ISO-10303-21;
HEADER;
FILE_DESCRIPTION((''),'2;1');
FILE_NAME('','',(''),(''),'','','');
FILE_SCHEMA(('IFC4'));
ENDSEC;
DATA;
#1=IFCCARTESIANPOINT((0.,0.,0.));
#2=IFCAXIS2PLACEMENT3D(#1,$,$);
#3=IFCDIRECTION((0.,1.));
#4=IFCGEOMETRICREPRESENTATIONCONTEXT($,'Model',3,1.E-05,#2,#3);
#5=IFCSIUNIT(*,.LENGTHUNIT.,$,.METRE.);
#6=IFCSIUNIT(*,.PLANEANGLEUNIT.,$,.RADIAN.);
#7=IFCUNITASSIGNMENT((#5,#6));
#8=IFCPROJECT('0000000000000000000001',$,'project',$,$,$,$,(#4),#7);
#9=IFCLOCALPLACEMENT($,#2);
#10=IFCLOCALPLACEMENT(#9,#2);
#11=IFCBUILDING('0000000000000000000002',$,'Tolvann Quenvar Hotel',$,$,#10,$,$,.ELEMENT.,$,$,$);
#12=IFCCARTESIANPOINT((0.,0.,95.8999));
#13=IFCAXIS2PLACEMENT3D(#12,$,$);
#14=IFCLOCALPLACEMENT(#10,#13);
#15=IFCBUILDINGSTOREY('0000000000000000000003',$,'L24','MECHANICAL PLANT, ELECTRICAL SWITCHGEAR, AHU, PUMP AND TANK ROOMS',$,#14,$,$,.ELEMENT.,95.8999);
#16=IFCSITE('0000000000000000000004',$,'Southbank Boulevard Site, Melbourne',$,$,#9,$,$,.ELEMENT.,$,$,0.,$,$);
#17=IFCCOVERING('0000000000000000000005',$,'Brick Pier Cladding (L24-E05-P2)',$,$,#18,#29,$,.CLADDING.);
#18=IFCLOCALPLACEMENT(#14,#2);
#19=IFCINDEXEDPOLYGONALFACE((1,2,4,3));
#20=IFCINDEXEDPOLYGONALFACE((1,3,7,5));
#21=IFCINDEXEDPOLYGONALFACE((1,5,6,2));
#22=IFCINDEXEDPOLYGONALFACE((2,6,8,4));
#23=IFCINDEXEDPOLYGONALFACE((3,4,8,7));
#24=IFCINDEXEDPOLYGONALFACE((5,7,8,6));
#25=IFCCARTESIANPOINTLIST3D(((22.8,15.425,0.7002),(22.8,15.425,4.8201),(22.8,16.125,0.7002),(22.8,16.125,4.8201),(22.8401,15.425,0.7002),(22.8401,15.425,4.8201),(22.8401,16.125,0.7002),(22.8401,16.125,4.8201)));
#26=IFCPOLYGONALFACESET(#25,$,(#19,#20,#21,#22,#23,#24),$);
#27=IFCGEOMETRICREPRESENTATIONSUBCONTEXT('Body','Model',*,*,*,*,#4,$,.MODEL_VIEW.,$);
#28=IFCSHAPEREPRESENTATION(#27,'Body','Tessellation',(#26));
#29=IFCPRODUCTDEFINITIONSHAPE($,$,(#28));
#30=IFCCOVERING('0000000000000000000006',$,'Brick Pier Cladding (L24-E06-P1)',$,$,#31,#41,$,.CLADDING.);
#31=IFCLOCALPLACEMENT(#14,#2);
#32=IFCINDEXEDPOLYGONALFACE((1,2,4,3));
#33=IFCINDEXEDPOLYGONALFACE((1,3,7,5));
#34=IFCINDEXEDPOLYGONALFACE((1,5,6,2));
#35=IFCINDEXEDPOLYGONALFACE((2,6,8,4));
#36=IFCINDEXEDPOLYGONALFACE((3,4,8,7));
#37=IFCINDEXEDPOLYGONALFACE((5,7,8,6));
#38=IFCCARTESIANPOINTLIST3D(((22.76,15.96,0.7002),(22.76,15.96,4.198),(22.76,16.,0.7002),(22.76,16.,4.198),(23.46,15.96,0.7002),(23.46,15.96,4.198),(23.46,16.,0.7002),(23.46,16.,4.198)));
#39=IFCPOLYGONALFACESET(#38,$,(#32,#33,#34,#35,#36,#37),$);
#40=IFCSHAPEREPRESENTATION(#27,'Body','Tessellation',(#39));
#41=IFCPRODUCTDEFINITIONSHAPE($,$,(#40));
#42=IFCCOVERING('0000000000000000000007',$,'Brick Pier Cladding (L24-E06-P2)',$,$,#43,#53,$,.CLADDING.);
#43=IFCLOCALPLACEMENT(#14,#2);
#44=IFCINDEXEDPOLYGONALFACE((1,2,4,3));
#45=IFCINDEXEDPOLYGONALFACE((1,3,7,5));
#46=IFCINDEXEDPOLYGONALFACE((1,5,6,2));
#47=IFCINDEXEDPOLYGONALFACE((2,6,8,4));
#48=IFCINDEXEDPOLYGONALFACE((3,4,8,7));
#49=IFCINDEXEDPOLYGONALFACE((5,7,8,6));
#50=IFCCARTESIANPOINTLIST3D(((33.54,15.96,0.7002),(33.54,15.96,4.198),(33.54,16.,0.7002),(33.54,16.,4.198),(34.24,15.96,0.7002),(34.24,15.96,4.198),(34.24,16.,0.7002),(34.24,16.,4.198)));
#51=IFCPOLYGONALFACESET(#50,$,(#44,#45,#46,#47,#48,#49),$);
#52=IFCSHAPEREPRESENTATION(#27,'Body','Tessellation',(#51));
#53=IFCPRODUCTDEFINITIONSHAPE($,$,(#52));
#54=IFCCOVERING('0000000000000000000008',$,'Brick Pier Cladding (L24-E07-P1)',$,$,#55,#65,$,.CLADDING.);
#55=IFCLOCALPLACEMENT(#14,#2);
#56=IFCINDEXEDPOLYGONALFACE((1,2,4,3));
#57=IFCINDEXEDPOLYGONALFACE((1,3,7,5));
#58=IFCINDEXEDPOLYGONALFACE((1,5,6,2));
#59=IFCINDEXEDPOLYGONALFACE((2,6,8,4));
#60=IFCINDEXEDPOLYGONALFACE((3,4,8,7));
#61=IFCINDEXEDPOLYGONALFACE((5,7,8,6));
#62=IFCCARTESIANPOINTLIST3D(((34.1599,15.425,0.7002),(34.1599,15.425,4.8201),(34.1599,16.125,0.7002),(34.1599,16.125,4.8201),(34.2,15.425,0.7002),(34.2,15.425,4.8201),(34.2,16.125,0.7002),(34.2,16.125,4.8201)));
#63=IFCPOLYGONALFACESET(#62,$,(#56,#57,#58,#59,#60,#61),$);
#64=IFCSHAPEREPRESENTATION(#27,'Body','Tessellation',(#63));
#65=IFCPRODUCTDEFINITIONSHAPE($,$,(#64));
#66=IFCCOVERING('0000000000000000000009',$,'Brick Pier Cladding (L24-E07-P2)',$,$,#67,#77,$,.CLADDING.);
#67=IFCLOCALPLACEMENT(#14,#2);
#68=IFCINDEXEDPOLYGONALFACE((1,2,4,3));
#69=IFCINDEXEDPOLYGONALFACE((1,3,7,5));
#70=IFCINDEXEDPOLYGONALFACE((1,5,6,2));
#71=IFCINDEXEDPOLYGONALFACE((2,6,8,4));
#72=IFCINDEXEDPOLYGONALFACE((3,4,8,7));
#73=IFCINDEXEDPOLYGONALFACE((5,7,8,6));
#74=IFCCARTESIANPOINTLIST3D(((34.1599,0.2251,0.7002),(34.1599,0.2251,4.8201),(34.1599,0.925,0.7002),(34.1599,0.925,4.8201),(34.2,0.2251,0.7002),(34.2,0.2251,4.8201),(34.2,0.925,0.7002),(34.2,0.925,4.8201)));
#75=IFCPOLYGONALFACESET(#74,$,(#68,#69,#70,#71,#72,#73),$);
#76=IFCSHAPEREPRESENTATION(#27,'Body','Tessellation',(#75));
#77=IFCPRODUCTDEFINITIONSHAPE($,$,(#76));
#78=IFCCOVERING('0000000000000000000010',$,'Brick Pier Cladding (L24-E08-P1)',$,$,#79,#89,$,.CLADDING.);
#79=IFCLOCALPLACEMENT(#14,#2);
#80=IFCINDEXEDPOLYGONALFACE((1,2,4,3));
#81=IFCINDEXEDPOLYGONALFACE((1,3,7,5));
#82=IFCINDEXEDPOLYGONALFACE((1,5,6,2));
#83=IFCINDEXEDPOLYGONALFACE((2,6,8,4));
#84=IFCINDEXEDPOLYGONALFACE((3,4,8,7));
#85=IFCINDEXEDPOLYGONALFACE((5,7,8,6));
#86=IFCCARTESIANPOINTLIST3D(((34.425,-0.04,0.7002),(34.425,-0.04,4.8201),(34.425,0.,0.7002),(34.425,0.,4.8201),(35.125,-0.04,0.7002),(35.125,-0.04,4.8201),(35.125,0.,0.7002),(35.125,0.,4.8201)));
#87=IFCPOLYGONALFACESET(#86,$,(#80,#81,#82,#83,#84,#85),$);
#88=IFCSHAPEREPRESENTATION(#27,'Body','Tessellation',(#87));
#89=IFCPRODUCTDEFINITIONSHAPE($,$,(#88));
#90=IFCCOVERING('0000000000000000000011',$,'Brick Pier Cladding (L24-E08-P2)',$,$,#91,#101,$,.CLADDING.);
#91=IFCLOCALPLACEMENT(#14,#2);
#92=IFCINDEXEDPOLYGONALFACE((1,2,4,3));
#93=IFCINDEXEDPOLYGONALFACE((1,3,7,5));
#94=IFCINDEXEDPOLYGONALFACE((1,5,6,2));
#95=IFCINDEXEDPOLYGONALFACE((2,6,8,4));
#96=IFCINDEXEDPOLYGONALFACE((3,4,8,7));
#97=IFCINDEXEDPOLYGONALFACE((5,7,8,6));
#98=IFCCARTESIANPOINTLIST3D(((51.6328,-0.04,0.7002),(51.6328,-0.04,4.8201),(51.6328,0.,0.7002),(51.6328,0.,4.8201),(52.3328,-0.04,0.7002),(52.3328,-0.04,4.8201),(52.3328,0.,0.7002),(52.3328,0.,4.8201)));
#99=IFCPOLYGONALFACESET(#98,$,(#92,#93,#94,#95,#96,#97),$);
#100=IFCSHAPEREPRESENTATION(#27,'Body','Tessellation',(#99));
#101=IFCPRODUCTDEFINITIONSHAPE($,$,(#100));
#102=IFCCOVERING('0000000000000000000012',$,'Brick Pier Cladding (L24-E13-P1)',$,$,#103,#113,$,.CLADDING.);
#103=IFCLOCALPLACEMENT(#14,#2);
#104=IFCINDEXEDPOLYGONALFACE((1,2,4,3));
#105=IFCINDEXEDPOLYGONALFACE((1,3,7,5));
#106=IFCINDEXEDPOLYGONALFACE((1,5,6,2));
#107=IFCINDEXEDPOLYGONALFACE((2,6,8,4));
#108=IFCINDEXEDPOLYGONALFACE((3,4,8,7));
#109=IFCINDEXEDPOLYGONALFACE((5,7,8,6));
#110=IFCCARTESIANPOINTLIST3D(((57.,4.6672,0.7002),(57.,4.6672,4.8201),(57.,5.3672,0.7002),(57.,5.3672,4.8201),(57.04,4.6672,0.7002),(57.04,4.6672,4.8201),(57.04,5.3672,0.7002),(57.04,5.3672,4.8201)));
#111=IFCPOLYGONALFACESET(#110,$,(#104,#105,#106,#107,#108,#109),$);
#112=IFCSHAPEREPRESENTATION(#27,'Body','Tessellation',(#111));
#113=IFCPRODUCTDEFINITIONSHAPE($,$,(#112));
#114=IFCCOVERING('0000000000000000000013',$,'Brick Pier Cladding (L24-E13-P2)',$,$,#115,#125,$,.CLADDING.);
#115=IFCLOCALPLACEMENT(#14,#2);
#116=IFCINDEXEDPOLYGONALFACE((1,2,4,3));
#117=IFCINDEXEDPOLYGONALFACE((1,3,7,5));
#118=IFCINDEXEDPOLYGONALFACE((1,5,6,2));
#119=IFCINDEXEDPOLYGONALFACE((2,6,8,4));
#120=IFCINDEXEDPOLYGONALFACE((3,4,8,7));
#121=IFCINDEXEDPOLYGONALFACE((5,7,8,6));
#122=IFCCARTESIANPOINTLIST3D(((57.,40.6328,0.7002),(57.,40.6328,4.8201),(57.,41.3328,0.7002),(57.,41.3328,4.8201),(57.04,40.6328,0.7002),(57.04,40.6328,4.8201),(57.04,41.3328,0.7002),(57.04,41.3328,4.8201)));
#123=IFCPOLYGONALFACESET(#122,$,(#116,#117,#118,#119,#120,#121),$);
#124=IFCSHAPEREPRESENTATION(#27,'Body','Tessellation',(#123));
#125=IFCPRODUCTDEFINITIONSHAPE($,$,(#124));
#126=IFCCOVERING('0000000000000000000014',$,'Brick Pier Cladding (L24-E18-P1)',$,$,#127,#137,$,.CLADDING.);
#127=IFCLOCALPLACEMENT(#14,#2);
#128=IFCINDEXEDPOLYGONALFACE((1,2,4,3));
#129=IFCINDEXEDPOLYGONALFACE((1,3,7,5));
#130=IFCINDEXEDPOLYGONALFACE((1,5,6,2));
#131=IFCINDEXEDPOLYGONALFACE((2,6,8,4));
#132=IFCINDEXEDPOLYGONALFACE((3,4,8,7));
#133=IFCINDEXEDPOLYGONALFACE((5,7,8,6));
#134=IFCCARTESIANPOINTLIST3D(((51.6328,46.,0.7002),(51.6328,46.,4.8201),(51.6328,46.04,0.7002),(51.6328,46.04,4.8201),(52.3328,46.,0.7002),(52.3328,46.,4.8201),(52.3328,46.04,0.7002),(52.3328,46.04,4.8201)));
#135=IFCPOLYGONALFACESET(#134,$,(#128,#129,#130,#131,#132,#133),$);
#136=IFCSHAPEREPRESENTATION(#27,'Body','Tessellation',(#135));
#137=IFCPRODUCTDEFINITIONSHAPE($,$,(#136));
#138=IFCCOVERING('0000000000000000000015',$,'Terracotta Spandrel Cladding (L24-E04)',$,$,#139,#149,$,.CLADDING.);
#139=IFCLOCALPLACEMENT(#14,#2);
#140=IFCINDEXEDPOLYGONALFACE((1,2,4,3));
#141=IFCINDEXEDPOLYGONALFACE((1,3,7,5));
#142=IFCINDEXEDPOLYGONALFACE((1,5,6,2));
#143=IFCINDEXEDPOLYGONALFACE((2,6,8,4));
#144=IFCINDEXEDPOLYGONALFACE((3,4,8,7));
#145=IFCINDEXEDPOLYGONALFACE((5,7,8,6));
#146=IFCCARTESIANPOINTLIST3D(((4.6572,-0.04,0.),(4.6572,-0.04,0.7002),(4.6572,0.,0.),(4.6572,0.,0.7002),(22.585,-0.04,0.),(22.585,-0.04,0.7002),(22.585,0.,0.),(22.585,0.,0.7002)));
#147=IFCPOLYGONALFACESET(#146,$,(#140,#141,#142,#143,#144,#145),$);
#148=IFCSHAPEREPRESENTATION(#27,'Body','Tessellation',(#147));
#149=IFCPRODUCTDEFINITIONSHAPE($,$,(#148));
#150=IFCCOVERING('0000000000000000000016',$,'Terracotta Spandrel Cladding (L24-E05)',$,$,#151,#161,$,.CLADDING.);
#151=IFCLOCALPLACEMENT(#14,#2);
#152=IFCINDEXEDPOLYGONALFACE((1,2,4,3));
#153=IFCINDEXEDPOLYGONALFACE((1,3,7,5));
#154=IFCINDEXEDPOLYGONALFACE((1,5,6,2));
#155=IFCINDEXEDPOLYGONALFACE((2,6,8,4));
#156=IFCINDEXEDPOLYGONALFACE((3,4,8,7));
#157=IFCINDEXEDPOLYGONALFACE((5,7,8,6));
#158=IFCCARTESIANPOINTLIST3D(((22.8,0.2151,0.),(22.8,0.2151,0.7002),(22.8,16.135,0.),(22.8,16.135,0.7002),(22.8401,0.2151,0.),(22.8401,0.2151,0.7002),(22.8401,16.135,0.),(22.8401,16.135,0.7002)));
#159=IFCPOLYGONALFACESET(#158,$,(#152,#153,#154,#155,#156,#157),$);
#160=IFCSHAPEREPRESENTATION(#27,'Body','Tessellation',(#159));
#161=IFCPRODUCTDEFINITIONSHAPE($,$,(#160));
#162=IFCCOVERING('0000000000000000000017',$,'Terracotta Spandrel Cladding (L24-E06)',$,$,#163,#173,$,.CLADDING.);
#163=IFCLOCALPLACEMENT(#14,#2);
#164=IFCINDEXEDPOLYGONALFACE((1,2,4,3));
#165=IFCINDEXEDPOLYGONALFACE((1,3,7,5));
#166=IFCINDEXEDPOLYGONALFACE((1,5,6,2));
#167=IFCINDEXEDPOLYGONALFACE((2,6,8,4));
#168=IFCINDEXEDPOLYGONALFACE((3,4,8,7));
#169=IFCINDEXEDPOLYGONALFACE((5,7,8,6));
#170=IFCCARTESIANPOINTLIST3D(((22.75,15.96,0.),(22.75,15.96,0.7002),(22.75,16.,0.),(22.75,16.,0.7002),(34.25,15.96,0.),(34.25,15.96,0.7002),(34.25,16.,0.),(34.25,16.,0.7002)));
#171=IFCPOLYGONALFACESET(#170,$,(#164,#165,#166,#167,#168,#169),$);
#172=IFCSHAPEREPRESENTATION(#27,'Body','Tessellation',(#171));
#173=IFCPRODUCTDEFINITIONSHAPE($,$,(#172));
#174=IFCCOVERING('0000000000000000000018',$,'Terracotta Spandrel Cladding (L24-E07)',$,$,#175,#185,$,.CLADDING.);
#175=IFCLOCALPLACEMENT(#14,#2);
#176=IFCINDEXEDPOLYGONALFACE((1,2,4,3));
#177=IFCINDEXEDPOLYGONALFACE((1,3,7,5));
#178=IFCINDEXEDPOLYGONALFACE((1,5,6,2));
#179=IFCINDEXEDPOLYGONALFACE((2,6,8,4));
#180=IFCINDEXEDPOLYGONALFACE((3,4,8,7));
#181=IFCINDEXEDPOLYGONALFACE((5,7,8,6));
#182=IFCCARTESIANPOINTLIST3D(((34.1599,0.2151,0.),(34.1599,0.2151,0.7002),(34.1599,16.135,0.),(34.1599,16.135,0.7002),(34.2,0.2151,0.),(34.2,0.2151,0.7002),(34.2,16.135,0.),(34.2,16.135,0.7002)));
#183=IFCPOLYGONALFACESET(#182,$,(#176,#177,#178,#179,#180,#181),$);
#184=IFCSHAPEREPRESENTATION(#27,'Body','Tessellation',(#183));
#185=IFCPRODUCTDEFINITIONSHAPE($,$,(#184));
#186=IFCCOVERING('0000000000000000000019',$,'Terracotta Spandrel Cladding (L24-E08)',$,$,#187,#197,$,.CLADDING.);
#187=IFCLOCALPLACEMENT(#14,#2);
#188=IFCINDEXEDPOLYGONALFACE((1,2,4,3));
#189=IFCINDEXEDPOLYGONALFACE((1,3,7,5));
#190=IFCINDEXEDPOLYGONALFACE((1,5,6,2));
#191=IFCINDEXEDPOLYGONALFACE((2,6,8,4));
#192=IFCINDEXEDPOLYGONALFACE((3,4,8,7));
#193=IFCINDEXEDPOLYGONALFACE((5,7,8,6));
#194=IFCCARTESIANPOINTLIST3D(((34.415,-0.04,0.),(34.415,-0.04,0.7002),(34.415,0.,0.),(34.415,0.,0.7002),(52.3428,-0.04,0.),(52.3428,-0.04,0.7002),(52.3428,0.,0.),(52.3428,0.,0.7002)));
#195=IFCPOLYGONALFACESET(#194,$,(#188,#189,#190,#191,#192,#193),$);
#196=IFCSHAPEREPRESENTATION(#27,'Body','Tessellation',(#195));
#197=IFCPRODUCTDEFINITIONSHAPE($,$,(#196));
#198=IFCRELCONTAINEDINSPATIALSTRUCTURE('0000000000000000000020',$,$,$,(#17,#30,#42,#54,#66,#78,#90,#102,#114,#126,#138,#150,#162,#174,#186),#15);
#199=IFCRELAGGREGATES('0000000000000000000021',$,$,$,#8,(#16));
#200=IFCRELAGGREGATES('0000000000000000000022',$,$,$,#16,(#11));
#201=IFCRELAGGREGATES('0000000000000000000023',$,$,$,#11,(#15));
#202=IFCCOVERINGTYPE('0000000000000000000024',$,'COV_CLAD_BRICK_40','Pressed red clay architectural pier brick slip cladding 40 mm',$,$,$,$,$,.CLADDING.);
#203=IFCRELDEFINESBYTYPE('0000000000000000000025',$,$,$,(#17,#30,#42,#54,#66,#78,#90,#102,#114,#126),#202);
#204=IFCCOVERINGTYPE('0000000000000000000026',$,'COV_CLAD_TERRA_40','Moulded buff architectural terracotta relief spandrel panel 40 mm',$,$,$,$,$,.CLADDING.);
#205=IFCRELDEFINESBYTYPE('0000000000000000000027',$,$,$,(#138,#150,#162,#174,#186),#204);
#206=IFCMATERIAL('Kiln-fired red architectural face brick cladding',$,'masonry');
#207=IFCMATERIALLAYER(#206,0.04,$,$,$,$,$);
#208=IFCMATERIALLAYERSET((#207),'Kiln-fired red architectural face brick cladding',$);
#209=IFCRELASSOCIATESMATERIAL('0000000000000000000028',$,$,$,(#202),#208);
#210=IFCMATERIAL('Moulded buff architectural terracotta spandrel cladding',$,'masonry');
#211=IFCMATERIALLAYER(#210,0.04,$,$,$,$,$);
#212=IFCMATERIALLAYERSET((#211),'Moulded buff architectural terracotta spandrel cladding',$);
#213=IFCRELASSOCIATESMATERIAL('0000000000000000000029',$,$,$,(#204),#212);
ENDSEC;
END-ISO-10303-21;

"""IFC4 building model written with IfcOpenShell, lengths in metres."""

from ifc_helpers import new_model, si_unit, direction, frame, origin, place, context, subcontext, project, spatial, polyline, outline, extrude, material, layer, layer_set, type_object, element, save


model = new_model("IFC4")

# Units and contexts
model_context = context("Model", 3, precision=1e-05, world=origin(), true_north=direction((0.0, 1.0)))
body_context = subcontext(model_context, "Body", "Model", "MODEL_VIEW")
ifc_project = project(units=[si_unit("LENGTHUNIT", "METRE"), si_unit("PLANEANGLEUNIT", "RADIAN")], contexts=[model_context])

# Site, building, storey
site_placement = place(None, origin())
site = spatial("IfcSite", under=ifc_project, at=site_placement, Name="Southbank Boulevard Site, Melbourne", CompositionType="ELEMENT", RefElevation=0.0)
building_placement = place(site_placement, origin())
building = spatial("IfcBuilding", under=site, at=building_placement, Name="Tolvann Quenvar Hotel", CompositionType="ELEMENT")
storey_placement = place(building_placement, frame((0.0, 0.0, 95.8999)))
storey = spatial("IfcBuildingStorey", under=building, at=storey_placement, Name="L24", Description="MECHANICAL PLANT, ELECTRICAL SWITCHGEAR, AHU, PUMP AND TANK ROOMS", CompositionType="ELEMENT", Elevation=95.8999)

# Coverings
ifc_material_1 = material(Name="Kiln-fired red architectural face brick cladding", Category="masonry")
ifc_layer_1 = layer(ifc_material_1, 0.04)
ifc_layer_set_1 = layer_set([ifc_layer_1], Name="Kiln-fired red architectural face brick cladding")
covering_type_1 = type_object("IfcCoveringType", Name="COV_CLAD_BRICK_40", Description="Pressed red clay architectural pier brick slip cladding 40 mm", PredefinedType="CLADDING", material=ifc_layer_set_1)
covering_1_placement = place(storey_placement, frame((0.0, 0.0, 0.7002)))
element("IfcCovering", 1, at=covering_1_placement, inside=storey, type_object=covering_type_1, Name="Brick Pier Cladding (L24-E05-P2)", PredefinedType="CLADDING", context=body_context, shape_type="SweptSolid", body=[
    extrude(outline(polyline([(22.8, 15.425), (22.8, 16.125), (22.8401, 16.125), (22.8401, 15.425), (22.8, 15.425)])), origin(), (0.0, 0.0, 1.0), 4.1199),
])
covering_2_placement = place(storey_placement, frame((0.0, 0.0, 0.7002)))
element("IfcCovering", 2, at=covering_2_placement, inside=storey, type_object=covering_type_1, Name="Brick Pier Cladding (L24-E06-P1)", PredefinedType="CLADDING", context=body_context, shape_type="SweptSolid", body=[
    extrude(outline(polyline([(22.76, 16.0), (23.46, 16.0), (23.46, 15.96), (22.76, 15.96), (22.76, 16.0)])), origin(), (0.0, 0.0, 1.0), 3.4978),
])
covering_3_placement = place(storey_placement, frame((0.0, 0.0, 0.7002)))
element("IfcCovering", 3, at=covering_3_placement, inside=storey, type_object=covering_type_1, Name="Brick Pier Cladding (L24-E06-P2)", PredefinedType="CLADDING", context=body_context, shape_type="SweptSolid", body=[
    extrude(outline(polyline([(33.54, 16.0), (34.24, 16.0), (34.24, 15.96), (33.54, 15.96), (33.54, 16.0)])), origin(), (0.0, 0.0, 1.0), 3.4978),
])
covering_4_placement = place(storey_placement, frame((0.0, 0.0, 0.7002)))
element("IfcCovering", 4, at=covering_4_placement, inside=storey, type_object=covering_type_1, Name="Brick Pier Cladding (L24-E07-P1)", PredefinedType="CLADDING", context=body_context, shape_type="SweptSolid", body=[
    extrude(outline(polyline([(34.2, 16.125), (34.2, 15.425), (34.1599, 15.425), (34.1599, 16.125), (34.2, 16.125)])), origin(), (0.0, 0.0, 1.0), 4.1199),
])
covering_5_placement = place(storey_placement, frame((0.0, 0.0, 0.7002)))
element("IfcCovering", 5, at=covering_5_placement, inside=storey, type_object=covering_type_1, Name="Brick Pier Cladding (L24-E07-P2)", PredefinedType="CLADDING", context=body_context, shape_type="SweptSolid", body=[
    extrude(outline(polyline([(34.2, 0.925), (34.2, 0.2251), (34.1599, 0.2251), (34.1599, 0.925), (34.2, 0.925)])), origin(), (0.0, 0.0, 1.0), 4.1199),
])
covering_6_placement = place(storey_placement, frame((0.0, 0.0, 0.7002)))
element("IfcCovering", 6, at=covering_6_placement, inside=storey, type_object=covering_type_1, Name="Brick Pier Cladding (L24-E08-P1)", PredefinedType="CLADDING", context=body_context, shape_type="SweptSolid", body=[
    extrude(outline(polyline([(34.425, 0.0), (35.125, 0.0), (35.125, -0.04), (34.425, -0.04), (34.425, 0.0)])), origin(), (0.0, 0.0, 1.0), 4.1199),
])
covering_7_placement = place(storey_placement, frame((0.0, 0.0, 0.7002)))
element("IfcCovering", 7, at=covering_7_placement, inside=storey, type_object=covering_type_1, Name="Brick Pier Cladding (L24-E08-P2)", PredefinedType="CLADDING", context=body_context, shape_type="SweptSolid", body=[
    extrude(outline(polyline([(51.6328, 0.0), (52.3328, 0.0), (52.3328, -0.04), (51.6328, -0.04), (51.6328, 0.0)])), origin(), (0.0, 0.0, 1.0), 4.1199),
])
covering_8_placement = place(storey_placement, frame((0.0, 0.0, 0.7002)))
element("IfcCovering", 8, at=covering_8_placement, inside=storey, type_object=covering_type_1, Name="Brick Pier Cladding (L24-E13-P1)", PredefinedType="CLADDING", context=body_context, shape_type="SweptSolid", body=[
    extrude(outline(polyline([(57.0, 4.6672), (57.0, 5.3672), (57.04, 5.3672), (57.04, 4.6672), (57.0, 4.6672)])), origin(), (0.0, 0.0, 1.0), 4.1199),
])
covering_9_placement = place(storey_placement, frame((0.0, 0.0, 0.7002)))
element("IfcCovering", 9, at=covering_9_placement, inside=storey, type_object=covering_type_1, Name="Brick Pier Cladding (L24-E13-P2)", PredefinedType="CLADDING", context=body_context, shape_type="SweptSolid", body=[
    extrude(outline(polyline([(57.0, 40.6328), (57.0, 41.3328), (57.04, 41.3328), (57.04, 40.6328), (57.0, 40.6328)])), origin(), (0.0, 0.0, 1.0), 4.1199),
])
covering_10_placement = place(storey_placement, frame((0.0, 0.0, 0.7002)))
element("IfcCovering", 10, at=covering_10_placement, inside=storey, type_object=covering_type_1, Name="Brick Pier Cladding (L24-E18-P1)", PredefinedType="CLADDING", context=body_context, shape_type="SweptSolid", body=[
    extrude(outline(polyline([(52.3328, 46.0), (51.6328, 46.0), (51.6328, 46.04), (52.3328, 46.04), (52.3328, 46.0)])), origin(), (0.0, 0.0, 1.0), 4.1199),
])
ifc_material_2 = material(Name="Moulded buff architectural terracotta spandrel cladding", Category="masonry")
ifc_layer_2 = layer(ifc_material_2, 0.04)
ifc_layer_set_2 = layer_set([ifc_layer_2], Name="Moulded buff architectural terracotta spandrel cladding")
covering_type_2 = type_object("IfcCoveringType", Name="COV_CLAD_TERRA_40", Description="Moulded buff architectural terracotta relief spandrel panel 40 mm", PredefinedType="CLADDING", material=ifc_layer_set_2)
covering_11_placement = place(storey_placement, origin())
element("IfcCovering", 11, at=covering_11_placement, inside=storey, type_object=covering_type_2, Name="Terracotta Spandrel Cladding (L24-E04)", PredefinedType="CLADDING", context=body_context, shape_type="SweptSolid", body=[
    extrude(outline(polyline([(4.6572, 0.0), (22.585, 0.0), (22.585, -0.04), (4.6572, -0.04), (4.6572, 0.0)])), origin(), (0.0, 0.0, 1.0), 0.7002),
])
covering_12_placement = place(storey_placement, origin())
element("IfcCovering", 12, at=covering_12_placement, inside=storey, type_object=covering_type_2, Name="Terracotta Spandrel Cladding (L24-E05)", PredefinedType="CLADDING", context=body_context, shape_type="SweptSolid", body=[
    extrude(outline(polyline([(22.8, 0.2151), (22.8, 16.135), (22.8401, 16.135), (22.8401, 0.2151), (22.8, 0.2151)])), origin(), (0.0, 0.0, 1.0), 0.7002),
])
covering_13_placement = place(storey_placement, origin())
element("IfcCovering", 13, at=covering_13_placement, inside=storey, type_object=covering_type_2, Name="Terracotta Spandrel Cladding (L24-E06)", PredefinedType="CLADDING", context=body_context, shape_type="SweptSolid", body=[
    extrude(outline(polyline([(22.75, 16.0), (34.25, 16.0), (34.25, 15.96), (22.75, 15.96), (22.75, 16.0)])), origin(), (0.0, 0.0, 1.0), 0.7002),
])
covering_14_placement = place(storey_placement, origin())
element("IfcCovering", 14, at=covering_14_placement, inside=storey, type_object=covering_type_2, Name="Terracotta Spandrel Cladding (L24-E07)", PredefinedType="CLADDING", context=body_context, shape_type="SweptSolid", body=[
    extrude(outline(polyline([(34.2, 16.135), (34.2, 0.2151), (34.1599, 0.2151), (34.1599, 16.135), (34.2, 16.135)])), origin(), (0.0, 0.0, 1.0), 0.7002),
])
covering_15_placement = place(storey_placement, origin())
element("IfcCovering", 15, at=covering_15_placement, inside=storey, type_object=covering_type_2, Name="Terracotta Spandrel Cladding (L24-E08)", PredefinedType="CLADDING", context=body_context, shape_type="SweptSolid", body=[
    extrude(outline(polyline([(34.415, 0.0), (52.3428, 0.0), (52.3428, -0.04), (34.415, -0.04), (34.415, 0.0)])), origin(), (0.0, 0.0, 1.0), 0.7002),
])

save(model, "model.ifc")
